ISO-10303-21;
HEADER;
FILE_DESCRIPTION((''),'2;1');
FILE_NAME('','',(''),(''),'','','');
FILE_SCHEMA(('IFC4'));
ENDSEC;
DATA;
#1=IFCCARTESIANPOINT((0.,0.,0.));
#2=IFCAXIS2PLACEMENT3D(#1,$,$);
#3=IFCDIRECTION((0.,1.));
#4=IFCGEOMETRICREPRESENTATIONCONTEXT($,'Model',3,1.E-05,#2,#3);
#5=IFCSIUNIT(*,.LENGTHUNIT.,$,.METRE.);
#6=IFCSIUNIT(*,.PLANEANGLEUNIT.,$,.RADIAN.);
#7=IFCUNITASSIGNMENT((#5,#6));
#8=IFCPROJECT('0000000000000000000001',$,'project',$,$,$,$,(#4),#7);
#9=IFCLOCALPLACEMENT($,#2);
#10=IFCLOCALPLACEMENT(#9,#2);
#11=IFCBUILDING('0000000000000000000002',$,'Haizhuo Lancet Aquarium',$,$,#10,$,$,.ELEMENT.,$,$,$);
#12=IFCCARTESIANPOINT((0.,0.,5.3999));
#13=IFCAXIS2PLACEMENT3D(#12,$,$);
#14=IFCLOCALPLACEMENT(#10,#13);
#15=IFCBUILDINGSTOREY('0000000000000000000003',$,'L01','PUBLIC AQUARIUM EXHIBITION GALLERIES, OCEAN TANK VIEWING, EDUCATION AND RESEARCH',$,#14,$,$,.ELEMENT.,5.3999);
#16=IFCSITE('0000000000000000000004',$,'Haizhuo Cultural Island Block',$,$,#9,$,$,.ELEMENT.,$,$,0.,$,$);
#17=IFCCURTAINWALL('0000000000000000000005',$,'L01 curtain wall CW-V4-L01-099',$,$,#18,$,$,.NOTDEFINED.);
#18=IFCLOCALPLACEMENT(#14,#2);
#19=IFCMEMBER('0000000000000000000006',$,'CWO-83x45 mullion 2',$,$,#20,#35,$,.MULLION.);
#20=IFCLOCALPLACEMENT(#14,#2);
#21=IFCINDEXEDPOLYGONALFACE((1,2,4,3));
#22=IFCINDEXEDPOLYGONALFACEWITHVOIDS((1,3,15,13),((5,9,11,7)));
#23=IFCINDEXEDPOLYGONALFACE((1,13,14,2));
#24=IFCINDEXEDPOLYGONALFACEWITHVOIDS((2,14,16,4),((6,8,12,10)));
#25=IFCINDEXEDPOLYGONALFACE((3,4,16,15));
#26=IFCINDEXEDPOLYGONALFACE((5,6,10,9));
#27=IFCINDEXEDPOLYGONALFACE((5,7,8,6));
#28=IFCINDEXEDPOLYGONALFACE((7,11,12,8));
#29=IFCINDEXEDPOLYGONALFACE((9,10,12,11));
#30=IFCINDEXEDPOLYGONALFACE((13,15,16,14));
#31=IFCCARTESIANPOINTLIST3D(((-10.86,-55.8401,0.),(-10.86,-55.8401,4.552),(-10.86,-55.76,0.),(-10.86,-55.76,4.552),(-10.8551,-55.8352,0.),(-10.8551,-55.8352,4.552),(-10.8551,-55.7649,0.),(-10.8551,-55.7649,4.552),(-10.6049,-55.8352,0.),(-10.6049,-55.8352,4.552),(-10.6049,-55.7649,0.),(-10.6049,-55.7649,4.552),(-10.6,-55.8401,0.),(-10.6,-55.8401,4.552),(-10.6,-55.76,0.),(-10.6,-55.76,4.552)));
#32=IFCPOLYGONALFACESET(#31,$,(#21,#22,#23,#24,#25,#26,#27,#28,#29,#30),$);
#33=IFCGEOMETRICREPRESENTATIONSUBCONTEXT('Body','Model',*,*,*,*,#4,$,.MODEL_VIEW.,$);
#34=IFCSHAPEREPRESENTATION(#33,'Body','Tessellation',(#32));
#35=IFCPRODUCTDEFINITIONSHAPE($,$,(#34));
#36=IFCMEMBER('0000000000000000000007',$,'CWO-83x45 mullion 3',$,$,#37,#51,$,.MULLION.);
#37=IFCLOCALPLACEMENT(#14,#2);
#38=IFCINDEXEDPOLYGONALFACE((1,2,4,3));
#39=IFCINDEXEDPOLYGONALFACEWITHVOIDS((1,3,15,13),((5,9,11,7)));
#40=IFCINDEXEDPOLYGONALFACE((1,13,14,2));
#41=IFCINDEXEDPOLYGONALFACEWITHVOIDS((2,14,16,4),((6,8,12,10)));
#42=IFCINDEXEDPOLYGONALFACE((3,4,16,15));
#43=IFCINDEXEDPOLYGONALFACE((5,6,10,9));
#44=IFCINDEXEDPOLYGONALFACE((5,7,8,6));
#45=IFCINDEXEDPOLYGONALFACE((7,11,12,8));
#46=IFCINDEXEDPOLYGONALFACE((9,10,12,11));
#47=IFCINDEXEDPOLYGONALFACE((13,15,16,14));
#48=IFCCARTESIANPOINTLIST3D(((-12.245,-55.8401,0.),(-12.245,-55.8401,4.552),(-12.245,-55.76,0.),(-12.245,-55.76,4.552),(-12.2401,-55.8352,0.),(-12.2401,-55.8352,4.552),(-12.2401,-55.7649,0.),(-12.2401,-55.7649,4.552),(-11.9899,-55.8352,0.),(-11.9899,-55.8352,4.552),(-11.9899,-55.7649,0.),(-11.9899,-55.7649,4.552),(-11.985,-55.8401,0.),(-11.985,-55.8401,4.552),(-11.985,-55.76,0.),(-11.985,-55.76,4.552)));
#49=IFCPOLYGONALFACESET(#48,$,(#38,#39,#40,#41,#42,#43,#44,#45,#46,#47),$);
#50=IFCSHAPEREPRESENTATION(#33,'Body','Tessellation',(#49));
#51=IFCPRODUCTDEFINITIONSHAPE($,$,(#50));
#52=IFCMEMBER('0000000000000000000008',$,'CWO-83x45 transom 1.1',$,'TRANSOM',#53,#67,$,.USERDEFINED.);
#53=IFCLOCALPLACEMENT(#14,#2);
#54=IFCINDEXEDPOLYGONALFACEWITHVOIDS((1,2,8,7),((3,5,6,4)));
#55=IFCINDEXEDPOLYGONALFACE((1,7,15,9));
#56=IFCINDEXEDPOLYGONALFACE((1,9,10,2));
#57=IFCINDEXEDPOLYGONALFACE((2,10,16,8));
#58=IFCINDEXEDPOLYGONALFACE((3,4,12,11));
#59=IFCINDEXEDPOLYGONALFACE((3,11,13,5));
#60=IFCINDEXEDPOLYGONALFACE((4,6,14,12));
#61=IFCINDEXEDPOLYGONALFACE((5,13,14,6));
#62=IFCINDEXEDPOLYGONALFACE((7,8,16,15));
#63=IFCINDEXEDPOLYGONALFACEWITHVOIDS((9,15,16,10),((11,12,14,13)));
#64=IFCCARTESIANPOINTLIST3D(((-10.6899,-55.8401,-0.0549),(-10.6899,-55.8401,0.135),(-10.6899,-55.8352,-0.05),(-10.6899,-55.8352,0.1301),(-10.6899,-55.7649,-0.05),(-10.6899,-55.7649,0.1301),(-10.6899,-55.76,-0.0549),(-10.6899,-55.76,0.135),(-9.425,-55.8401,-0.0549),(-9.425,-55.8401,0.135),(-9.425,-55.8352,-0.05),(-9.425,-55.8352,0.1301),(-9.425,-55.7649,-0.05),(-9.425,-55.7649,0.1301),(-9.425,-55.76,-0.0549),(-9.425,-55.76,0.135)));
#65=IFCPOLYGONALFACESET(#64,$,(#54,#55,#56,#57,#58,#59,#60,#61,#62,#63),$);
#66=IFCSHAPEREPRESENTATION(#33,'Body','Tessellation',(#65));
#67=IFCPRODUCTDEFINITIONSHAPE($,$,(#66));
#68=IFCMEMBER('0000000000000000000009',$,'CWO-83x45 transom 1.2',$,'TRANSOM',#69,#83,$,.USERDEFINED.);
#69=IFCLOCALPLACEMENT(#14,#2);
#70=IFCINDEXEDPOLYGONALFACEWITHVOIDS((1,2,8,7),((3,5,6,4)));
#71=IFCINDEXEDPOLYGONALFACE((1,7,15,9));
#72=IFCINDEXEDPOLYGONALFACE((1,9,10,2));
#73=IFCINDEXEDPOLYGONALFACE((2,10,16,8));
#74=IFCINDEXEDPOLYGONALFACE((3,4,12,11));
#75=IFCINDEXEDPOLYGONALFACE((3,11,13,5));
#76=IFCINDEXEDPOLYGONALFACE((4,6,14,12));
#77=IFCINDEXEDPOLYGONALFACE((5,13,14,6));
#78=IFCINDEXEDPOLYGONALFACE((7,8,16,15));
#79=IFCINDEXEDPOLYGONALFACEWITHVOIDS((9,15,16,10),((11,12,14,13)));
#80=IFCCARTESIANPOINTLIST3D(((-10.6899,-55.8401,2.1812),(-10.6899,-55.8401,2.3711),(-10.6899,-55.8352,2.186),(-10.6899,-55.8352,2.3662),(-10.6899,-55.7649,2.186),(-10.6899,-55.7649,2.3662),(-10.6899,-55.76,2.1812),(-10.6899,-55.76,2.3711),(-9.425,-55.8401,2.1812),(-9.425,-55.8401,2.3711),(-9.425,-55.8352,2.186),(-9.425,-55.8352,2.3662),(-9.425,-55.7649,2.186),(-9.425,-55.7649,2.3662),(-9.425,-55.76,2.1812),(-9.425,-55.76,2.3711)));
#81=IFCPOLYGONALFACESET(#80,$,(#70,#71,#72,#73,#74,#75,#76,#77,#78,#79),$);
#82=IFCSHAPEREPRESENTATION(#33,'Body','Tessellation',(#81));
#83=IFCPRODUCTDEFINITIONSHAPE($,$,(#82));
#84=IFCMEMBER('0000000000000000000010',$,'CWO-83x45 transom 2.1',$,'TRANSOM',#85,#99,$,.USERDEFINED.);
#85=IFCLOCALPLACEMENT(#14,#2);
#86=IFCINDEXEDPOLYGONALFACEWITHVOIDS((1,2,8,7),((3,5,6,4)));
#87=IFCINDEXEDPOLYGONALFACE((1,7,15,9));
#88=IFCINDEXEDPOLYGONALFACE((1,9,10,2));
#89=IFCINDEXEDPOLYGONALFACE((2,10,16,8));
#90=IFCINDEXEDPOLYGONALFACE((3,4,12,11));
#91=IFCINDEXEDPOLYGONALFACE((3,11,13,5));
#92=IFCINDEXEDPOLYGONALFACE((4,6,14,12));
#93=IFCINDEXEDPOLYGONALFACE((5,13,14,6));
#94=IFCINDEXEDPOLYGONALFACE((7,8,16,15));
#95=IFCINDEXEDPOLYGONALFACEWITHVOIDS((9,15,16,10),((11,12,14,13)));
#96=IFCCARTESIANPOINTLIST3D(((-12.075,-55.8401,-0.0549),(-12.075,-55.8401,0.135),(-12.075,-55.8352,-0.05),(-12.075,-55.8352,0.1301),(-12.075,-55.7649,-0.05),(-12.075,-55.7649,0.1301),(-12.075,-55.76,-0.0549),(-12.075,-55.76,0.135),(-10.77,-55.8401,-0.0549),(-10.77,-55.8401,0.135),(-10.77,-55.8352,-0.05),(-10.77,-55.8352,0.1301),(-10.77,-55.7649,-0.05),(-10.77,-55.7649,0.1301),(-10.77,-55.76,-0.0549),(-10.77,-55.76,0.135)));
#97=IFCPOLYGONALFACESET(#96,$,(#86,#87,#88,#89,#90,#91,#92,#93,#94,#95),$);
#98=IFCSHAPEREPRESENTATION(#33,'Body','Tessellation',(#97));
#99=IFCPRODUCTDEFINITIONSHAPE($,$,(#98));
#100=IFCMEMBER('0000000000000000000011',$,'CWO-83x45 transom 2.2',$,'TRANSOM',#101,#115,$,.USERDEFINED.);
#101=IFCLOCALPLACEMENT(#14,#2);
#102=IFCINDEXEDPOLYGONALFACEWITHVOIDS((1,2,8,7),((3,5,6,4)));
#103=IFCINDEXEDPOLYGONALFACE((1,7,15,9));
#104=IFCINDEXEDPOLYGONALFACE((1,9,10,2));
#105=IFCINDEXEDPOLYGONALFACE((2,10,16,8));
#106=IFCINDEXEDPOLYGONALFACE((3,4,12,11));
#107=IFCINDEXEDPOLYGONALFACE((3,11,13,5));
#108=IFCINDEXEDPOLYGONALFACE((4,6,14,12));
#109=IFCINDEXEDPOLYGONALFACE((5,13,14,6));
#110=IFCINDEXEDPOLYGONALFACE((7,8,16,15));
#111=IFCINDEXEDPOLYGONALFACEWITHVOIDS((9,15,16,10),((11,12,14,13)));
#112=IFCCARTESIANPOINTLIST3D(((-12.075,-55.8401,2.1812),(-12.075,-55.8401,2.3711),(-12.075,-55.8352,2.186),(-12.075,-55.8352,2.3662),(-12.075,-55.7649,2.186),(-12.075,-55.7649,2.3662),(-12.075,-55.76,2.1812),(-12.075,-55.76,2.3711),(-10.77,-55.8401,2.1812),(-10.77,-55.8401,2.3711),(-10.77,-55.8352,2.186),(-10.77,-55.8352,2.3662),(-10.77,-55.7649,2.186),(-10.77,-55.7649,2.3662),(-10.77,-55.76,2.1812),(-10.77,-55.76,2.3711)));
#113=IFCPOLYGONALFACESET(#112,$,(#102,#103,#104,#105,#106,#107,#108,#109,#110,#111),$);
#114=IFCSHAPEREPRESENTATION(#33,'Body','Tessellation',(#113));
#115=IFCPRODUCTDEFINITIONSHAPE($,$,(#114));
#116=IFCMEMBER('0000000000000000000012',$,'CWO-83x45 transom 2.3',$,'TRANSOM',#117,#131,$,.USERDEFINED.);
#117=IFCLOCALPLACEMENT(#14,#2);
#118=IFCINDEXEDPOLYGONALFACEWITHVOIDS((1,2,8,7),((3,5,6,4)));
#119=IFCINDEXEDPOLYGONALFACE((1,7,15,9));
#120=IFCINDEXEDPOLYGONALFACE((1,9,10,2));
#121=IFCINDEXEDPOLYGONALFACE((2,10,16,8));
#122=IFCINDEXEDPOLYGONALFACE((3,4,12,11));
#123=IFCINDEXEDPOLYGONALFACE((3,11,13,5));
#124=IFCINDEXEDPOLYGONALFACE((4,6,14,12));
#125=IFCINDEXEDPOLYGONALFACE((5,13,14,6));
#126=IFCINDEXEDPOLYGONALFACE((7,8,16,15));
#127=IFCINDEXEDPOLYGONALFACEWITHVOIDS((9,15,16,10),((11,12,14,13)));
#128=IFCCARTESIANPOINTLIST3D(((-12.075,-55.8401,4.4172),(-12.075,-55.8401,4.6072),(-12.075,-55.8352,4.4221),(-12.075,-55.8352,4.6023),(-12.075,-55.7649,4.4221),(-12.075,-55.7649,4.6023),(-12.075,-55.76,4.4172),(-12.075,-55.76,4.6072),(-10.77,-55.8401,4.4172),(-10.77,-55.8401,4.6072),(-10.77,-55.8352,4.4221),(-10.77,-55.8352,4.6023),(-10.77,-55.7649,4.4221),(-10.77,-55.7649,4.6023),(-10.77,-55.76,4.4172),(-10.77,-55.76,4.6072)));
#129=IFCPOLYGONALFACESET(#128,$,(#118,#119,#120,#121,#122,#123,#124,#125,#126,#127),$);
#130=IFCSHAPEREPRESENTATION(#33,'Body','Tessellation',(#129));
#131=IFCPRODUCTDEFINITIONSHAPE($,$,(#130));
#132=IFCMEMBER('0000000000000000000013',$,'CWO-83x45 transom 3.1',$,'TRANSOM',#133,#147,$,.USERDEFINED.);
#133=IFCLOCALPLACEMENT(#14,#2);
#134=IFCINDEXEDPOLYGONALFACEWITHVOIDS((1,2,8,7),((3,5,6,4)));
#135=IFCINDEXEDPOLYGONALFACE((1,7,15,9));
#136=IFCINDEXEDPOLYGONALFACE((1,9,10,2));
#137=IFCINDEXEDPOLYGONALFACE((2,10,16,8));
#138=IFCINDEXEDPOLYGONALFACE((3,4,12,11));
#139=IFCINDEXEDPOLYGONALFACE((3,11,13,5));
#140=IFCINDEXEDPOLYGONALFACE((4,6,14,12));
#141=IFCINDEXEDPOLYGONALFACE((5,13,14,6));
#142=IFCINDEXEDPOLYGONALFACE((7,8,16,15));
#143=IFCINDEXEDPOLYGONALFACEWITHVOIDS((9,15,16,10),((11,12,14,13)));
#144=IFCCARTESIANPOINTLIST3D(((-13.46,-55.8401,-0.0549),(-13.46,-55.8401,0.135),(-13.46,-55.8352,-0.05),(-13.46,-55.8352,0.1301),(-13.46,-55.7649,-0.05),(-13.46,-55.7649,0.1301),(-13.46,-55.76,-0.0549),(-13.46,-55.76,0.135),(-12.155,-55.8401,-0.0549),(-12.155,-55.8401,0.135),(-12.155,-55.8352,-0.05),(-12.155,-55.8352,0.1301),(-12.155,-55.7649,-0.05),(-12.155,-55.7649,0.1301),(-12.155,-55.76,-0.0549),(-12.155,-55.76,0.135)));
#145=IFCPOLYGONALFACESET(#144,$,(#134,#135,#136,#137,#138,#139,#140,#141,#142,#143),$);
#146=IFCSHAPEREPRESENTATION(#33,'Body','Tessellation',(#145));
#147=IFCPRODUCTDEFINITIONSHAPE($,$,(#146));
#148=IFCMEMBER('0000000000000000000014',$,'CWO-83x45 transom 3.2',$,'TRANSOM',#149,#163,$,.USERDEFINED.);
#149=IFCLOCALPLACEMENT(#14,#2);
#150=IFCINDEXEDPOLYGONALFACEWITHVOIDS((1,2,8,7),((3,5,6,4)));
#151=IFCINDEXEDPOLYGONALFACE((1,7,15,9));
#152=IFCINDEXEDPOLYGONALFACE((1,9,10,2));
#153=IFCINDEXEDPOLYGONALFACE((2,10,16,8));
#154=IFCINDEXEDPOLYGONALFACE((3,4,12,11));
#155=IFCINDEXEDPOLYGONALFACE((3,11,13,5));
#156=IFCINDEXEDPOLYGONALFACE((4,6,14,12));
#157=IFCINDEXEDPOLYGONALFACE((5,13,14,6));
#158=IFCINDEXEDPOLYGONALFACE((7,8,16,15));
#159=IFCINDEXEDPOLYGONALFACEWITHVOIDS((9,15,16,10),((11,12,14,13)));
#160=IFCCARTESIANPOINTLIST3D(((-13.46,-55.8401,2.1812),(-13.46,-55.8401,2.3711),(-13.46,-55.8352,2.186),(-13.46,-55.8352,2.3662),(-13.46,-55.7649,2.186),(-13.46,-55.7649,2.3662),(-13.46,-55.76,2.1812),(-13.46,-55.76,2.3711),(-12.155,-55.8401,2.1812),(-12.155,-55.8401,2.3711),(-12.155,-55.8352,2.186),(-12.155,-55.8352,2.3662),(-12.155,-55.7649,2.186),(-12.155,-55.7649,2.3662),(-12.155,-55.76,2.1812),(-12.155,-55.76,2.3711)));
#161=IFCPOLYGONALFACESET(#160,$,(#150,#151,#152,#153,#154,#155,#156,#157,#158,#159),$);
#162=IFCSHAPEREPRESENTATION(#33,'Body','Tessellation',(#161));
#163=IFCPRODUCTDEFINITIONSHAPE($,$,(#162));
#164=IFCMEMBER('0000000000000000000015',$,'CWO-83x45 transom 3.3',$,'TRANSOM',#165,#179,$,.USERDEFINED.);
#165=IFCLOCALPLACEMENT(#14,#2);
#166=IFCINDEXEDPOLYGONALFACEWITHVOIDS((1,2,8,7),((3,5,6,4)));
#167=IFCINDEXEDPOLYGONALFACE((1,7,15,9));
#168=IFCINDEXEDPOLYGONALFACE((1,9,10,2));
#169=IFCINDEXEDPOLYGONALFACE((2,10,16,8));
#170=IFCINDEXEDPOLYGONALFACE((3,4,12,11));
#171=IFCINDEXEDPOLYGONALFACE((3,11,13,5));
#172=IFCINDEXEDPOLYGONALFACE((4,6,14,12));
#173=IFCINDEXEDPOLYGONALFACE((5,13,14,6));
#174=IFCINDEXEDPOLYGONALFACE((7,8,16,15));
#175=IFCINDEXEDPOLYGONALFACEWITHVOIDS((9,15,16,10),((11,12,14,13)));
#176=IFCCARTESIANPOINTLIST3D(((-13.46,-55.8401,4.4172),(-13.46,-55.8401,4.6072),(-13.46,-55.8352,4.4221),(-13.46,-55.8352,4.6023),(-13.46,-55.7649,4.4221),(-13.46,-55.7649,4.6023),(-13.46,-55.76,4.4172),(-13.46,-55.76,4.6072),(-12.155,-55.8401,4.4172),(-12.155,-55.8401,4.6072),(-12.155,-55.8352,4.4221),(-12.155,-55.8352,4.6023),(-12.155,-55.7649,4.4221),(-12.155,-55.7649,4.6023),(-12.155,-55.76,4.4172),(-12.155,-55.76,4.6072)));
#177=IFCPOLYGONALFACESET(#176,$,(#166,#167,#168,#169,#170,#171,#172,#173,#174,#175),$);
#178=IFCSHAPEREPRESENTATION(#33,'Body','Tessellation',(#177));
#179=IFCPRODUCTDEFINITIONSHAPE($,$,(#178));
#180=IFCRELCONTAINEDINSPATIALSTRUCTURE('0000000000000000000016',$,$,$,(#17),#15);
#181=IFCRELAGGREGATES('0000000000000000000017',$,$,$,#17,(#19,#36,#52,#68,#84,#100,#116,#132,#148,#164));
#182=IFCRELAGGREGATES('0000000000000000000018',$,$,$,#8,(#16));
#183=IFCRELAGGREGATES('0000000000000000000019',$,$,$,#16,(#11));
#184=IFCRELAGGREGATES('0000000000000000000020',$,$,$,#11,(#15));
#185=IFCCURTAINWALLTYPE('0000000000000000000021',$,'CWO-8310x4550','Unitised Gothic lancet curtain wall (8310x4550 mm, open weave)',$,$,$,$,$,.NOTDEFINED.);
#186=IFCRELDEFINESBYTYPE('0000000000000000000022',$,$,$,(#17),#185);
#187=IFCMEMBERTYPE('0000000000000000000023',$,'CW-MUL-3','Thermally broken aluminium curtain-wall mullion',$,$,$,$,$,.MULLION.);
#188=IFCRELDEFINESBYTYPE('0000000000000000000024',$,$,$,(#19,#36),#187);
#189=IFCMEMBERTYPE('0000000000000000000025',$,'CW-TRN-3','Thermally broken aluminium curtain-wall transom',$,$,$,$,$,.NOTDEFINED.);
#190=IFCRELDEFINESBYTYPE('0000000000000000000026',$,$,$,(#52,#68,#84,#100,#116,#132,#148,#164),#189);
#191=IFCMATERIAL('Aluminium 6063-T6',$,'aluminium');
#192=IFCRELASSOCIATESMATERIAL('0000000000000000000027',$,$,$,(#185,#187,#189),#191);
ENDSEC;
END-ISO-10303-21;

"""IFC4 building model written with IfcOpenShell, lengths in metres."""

from ifc_helpers import new_model, si_unit, direction, frame, origin, origin_2d, place, context, subcontext, project, spatial, hollow_rectangle, extrude, material, material_profile, profile_set, type_object, element, aggregate, save


model = new_model("IFC4")

# Units and contexts
model_context = context("Model", 3, precision=1e-05, world=origin(), true_north=direction((0.0, 1.0)))
body_context = subcontext(model_context, "Body", "Model", "MODEL_VIEW")
ifc_project = project(units=[si_unit("LENGTHUNIT", "METRE"), si_unit("PLANEANGLEUNIT", "RADIAN")], contexts=[model_context])

# Site, building, storey
site_placement = place(None, origin())
site = spatial("IfcSite", under=ifc_project, at=site_placement, Name="Haizhuo Cultural Island Block", CompositionType="ELEMENT", RefElevation=0.0)
building_placement = place(site_placement, origin())
building = spatial("IfcBuilding", under=site, at=building_placement, Name="Haizhuo Lancet Aquarium", CompositionType="ELEMENT")
storey_placement = place(building_placement, frame((0.0, 0.0, 5.3999)))
storey = spatial("IfcBuildingStorey", under=building, at=storey_placement, Name="L01", Description="PUBLIC AQUARIUM EXHIBITION GALLERIES, OCEAN TANK VIEWING, EDUCATION AND RESEARCH", CompositionType="ELEMENT", Elevation=5.3999)

# Curtain wall, members
ifc_material_1 = material(Name="Aluminium 6063-T6", Category="aluminium")
curtain_wall_type = type_object("IfcCurtainWallType", Name="CWO-8310x4550", Description="Unitised Gothic lancet curtain wall (8310x4550 mm, open weave)", PredefinedType="NOTDEFINED", material=ifc_material_1)
curtain_wall_placement = place(storey_placement, origin())
curtain_wall = element("IfcCurtainWall", 1, at=curtain_wall_placement, inside=storey, type_object=curtain_wall_type, Name="L01 curtain wall CW-V4-L01-099", PredefinedType="NOTDEFINED")
ifc_material_profile_1 = material_profile(ifc_material_1, hollow_rectangle(XDim=0.0801, YDim=0.26, WallThickness=0.0049, at=origin_2d()), Name="ALU-M 80x260x5")
ifc_profile_set_1 = profile_set([ifc_material_profile_1], Name="Aluminium 6063-T6")
member_type_1 = type_object("IfcMemberType", Name="CW-MUL-3", Description="Thermally broken aluminium curtain-wall mullion", PredefinedType="MULLION", material=ifc_profile_set_1)
member_1_placement = place(storey_placement, frame((-10.73, -55.8, 0.0), z_axis=(0.0, 0.0, 1.0), x_axis=(0.0, -1.0, 0.0)))
member_1 = element("IfcMember", 2, at=member_1_placement, type_object=member_type_1, Name="CWO-83x45 mullion 2", PredefinedType="MULLION", context=body_context, shape_type="SweptSolid", body=[
    extrude(hollow_rectangle(XDim=0.0801, YDim=0.26, WallThickness=0.0049, at=origin_2d()), origin(), (0.0, 0.0, 1.0), 4.552),
])
member_2_placement = place(storey_placement, frame((-12.115, -55.8, 0.0), z_axis=(0.0, 0.0, 1.0), x_axis=(0.0, -1.0, 0.0)))
member_2 = element("IfcMember", 3, at=member_2_placement, type_object=member_type_1, Name="CWO-83x45 mullion 3", PredefinedType="MULLION", context=body_context, shape_type="SweptSolid", body=[
    extrude(hollow_rectangle(XDim=0.0801, YDim=0.26, WallThickness=0.0049, at=origin_2d()), origin(), (0.0, 0.0, 1.0), 4.552),
])
ifc_material_profile_2 = material_profile(ifc_material_1, hollow_rectangle(XDim=0.0801, YDim=0.1899, WallThickness=0.0049, at=origin_2d()), Name="ALU-T 80x190x5")
ifc_profile_set_2 = profile_set([ifc_material_profile_2], Name="Aluminium 6063-T6")
member_type_2 = type_object("IfcMemberType", Name="CW-TRN-3", Description="Thermally broken aluminium curtain-wall transom", PredefinedType="NOTDEFINED", material=ifc_profile_set_2)
member_3_placement = place(storey_placement, frame((-9.425, -55.8, 0.04), z_axis=(-1.0, 0.0, 0.0), x_axis=(0.0, -1.0, 0.0)))
member_3 = element("IfcMember", 4, at=member_3_placement, type_object=member_type_2, Name="CWO-83x45 transom 1.1", ObjectType="TRANSOM", PredefinedType="USERDEFINED", context=body_context, shape_type="SweptSolid", body=[
    extrude(hollow_rectangle(XDim=0.0801, YDim=0.1899, WallThickness=0.0049, at=origin_2d()), origin(), (0.0, 0.0, 1.0), 1.2649),
])
member_4_placement = place(storey_placement, frame((-9.425, -55.8, 2.2761), z_axis=(-1.0, 0.0, 0.0), x_axis=(0.0, -1.0, 0.0)))
member_4 = element("IfcMember", 5, at=member_4_placement, type_object=member_type_2, Name="CWO-83x45 transom 1.2", ObjectType="TRANSOM", PredefinedType="USERDEFINED", context=body_context, shape_type="SweptSolid", body=[
    extrude(hollow_rectangle(XDim=0.0801, YDim=0.1899, WallThickness=0.0049, at=origin_2d()), origin(), (0.0, 0.0, 1.0), 1.2649),
])
member_5_placement = place(storey_placement, frame((-10.77, -55.8, 0.04), z_axis=(-1.0, 0.0, 0.0), x_axis=(0.0, -1.0, 0.0)))
member_5 = element("IfcMember", 6, at=member_5_placement, type_object=member_type_2, Name="CWO-83x45 transom 2.1", ObjectType="TRANSOM", PredefinedType="USERDEFINED", context=body_context, shape_type="SweptSolid", body=[
    extrude(hollow_rectangle(XDim=0.0801, YDim=0.1899, WallThickness=0.0049, at=origin_2d()), origin(), (0.0, 0.0, 1.0), 1.3049),
])
member_6_placement = place(storey_placement, frame((-10.77, -55.8, 2.2761), z_axis=(-1.0, 0.0, 0.0), x_axis=(0.0, -1.0, 0.0)))
member_6 = element("IfcMember", 7, at=member_6_placement, type_object=member_type_2, Name="CWO-83x45 transom 2.2", ObjectType="TRANSOM", PredefinedType="USERDEFINED", context=body_context, shape_type="SweptSolid", body=[
    extrude(hollow_rectangle(XDim=0.0801, YDim=0.1899, WallThickness=0.0049, at=origin_2d()), origin(), (0.0, 0.0, 1.0), 1.3049),
])
member_7_placement = place(storey_placement, frame((-10.77, -55.8, 4.5122), z_axis=(-1.0, 0.0, 0.0), x_axis=(0.0, -1.0, 0.0)))
member_7 = element("IfcMember", 8, at=member_7_placement, type_object=member_type_2, Name="CWO-83x45 transom 2.3", ObjectType="TRANSOM", PredefinedType="USERDEFINED", context=body_context, shape_type="SweptSolid", body=[
    extrude(hollow_rectangle(XDim=0.0801, YDim=0.1899, WallThickness=0.0049, at=origin_2d()), origin(), (0.0, 0.0, 1.0), 1.3049),
])
member_8_placement = place(storey_placement, frame((-12.155, -55.8, 0.04), z_axis=(-1.0, 0.0, 0.0), x_axis=(0.0, -1.0, 0.0)))
member_8 = element("IfcMember", 9, at=member_8_placement, type_object=member_type_2, Name="CWO-83x45 transom 3.1", ObjectType="TRANSOM", PredefinedType="USERDEFINED", context=body_context, shape_type="SweptSolid", body=[
    extrude(hollow_rectangle(XDim=0.0801, YDim=0.1899, WallThickness=0.0049, at=origin_2d()), origin(), (0.0, 0.0, 1.0), 1.3049),
])
member_9_placement = place(storey_placement, frame((-12.155, -55.8, 2.2761), z_axis=(-1.0, 0.0, 0.0), x_axis=(0.0, -1.0, 0.0)))
member_9 = element("IfcMember", 10, at=member_9_placement, type_object=member_type_2, Name="CWO-83x45 transom 3.2", ObjectType="TRANSOM", PredefinedType="USERDEFINED", context=body_context, shape_type="SweptSolid", body=[
    extrude(hollow_rectangle(XDim=0.0801, YDim=0.1899, WallThickness=0.0049, at=origin_2d()), origin(), (0.0, 0.0, 1.0), 1.3049),
])
member_10_placement = place(storey_placement, frame((-12.155, -55.8, 4.5122), z_axis=(-1.0, 0.0, 0.0), x_axis=(0.0, -1.0, 0.0)))
member_10 = element("IfcMember", 11, at=member_10_placement, type_object=member_type_2, Name="CWO-83x45 transom 3.3", ObjectType="TRANSOM", PredefinedType="USERDEFINED", context=body_context, shape_type="SweptSolid", body=[
    extrude(hollow_rectangle(XDim=0.0801, YDim=0.1899, WallThickness=0.0049, at=origin_2d()), origin(), (0.0, 0.0, 1.0), 1.3049),
])

aggregate(curtain_wall, [member_1, member_2, member_3, member_4, member_5, member_6, member_7, member_8, member_9, member_10])

save(model, "model.ifc")
